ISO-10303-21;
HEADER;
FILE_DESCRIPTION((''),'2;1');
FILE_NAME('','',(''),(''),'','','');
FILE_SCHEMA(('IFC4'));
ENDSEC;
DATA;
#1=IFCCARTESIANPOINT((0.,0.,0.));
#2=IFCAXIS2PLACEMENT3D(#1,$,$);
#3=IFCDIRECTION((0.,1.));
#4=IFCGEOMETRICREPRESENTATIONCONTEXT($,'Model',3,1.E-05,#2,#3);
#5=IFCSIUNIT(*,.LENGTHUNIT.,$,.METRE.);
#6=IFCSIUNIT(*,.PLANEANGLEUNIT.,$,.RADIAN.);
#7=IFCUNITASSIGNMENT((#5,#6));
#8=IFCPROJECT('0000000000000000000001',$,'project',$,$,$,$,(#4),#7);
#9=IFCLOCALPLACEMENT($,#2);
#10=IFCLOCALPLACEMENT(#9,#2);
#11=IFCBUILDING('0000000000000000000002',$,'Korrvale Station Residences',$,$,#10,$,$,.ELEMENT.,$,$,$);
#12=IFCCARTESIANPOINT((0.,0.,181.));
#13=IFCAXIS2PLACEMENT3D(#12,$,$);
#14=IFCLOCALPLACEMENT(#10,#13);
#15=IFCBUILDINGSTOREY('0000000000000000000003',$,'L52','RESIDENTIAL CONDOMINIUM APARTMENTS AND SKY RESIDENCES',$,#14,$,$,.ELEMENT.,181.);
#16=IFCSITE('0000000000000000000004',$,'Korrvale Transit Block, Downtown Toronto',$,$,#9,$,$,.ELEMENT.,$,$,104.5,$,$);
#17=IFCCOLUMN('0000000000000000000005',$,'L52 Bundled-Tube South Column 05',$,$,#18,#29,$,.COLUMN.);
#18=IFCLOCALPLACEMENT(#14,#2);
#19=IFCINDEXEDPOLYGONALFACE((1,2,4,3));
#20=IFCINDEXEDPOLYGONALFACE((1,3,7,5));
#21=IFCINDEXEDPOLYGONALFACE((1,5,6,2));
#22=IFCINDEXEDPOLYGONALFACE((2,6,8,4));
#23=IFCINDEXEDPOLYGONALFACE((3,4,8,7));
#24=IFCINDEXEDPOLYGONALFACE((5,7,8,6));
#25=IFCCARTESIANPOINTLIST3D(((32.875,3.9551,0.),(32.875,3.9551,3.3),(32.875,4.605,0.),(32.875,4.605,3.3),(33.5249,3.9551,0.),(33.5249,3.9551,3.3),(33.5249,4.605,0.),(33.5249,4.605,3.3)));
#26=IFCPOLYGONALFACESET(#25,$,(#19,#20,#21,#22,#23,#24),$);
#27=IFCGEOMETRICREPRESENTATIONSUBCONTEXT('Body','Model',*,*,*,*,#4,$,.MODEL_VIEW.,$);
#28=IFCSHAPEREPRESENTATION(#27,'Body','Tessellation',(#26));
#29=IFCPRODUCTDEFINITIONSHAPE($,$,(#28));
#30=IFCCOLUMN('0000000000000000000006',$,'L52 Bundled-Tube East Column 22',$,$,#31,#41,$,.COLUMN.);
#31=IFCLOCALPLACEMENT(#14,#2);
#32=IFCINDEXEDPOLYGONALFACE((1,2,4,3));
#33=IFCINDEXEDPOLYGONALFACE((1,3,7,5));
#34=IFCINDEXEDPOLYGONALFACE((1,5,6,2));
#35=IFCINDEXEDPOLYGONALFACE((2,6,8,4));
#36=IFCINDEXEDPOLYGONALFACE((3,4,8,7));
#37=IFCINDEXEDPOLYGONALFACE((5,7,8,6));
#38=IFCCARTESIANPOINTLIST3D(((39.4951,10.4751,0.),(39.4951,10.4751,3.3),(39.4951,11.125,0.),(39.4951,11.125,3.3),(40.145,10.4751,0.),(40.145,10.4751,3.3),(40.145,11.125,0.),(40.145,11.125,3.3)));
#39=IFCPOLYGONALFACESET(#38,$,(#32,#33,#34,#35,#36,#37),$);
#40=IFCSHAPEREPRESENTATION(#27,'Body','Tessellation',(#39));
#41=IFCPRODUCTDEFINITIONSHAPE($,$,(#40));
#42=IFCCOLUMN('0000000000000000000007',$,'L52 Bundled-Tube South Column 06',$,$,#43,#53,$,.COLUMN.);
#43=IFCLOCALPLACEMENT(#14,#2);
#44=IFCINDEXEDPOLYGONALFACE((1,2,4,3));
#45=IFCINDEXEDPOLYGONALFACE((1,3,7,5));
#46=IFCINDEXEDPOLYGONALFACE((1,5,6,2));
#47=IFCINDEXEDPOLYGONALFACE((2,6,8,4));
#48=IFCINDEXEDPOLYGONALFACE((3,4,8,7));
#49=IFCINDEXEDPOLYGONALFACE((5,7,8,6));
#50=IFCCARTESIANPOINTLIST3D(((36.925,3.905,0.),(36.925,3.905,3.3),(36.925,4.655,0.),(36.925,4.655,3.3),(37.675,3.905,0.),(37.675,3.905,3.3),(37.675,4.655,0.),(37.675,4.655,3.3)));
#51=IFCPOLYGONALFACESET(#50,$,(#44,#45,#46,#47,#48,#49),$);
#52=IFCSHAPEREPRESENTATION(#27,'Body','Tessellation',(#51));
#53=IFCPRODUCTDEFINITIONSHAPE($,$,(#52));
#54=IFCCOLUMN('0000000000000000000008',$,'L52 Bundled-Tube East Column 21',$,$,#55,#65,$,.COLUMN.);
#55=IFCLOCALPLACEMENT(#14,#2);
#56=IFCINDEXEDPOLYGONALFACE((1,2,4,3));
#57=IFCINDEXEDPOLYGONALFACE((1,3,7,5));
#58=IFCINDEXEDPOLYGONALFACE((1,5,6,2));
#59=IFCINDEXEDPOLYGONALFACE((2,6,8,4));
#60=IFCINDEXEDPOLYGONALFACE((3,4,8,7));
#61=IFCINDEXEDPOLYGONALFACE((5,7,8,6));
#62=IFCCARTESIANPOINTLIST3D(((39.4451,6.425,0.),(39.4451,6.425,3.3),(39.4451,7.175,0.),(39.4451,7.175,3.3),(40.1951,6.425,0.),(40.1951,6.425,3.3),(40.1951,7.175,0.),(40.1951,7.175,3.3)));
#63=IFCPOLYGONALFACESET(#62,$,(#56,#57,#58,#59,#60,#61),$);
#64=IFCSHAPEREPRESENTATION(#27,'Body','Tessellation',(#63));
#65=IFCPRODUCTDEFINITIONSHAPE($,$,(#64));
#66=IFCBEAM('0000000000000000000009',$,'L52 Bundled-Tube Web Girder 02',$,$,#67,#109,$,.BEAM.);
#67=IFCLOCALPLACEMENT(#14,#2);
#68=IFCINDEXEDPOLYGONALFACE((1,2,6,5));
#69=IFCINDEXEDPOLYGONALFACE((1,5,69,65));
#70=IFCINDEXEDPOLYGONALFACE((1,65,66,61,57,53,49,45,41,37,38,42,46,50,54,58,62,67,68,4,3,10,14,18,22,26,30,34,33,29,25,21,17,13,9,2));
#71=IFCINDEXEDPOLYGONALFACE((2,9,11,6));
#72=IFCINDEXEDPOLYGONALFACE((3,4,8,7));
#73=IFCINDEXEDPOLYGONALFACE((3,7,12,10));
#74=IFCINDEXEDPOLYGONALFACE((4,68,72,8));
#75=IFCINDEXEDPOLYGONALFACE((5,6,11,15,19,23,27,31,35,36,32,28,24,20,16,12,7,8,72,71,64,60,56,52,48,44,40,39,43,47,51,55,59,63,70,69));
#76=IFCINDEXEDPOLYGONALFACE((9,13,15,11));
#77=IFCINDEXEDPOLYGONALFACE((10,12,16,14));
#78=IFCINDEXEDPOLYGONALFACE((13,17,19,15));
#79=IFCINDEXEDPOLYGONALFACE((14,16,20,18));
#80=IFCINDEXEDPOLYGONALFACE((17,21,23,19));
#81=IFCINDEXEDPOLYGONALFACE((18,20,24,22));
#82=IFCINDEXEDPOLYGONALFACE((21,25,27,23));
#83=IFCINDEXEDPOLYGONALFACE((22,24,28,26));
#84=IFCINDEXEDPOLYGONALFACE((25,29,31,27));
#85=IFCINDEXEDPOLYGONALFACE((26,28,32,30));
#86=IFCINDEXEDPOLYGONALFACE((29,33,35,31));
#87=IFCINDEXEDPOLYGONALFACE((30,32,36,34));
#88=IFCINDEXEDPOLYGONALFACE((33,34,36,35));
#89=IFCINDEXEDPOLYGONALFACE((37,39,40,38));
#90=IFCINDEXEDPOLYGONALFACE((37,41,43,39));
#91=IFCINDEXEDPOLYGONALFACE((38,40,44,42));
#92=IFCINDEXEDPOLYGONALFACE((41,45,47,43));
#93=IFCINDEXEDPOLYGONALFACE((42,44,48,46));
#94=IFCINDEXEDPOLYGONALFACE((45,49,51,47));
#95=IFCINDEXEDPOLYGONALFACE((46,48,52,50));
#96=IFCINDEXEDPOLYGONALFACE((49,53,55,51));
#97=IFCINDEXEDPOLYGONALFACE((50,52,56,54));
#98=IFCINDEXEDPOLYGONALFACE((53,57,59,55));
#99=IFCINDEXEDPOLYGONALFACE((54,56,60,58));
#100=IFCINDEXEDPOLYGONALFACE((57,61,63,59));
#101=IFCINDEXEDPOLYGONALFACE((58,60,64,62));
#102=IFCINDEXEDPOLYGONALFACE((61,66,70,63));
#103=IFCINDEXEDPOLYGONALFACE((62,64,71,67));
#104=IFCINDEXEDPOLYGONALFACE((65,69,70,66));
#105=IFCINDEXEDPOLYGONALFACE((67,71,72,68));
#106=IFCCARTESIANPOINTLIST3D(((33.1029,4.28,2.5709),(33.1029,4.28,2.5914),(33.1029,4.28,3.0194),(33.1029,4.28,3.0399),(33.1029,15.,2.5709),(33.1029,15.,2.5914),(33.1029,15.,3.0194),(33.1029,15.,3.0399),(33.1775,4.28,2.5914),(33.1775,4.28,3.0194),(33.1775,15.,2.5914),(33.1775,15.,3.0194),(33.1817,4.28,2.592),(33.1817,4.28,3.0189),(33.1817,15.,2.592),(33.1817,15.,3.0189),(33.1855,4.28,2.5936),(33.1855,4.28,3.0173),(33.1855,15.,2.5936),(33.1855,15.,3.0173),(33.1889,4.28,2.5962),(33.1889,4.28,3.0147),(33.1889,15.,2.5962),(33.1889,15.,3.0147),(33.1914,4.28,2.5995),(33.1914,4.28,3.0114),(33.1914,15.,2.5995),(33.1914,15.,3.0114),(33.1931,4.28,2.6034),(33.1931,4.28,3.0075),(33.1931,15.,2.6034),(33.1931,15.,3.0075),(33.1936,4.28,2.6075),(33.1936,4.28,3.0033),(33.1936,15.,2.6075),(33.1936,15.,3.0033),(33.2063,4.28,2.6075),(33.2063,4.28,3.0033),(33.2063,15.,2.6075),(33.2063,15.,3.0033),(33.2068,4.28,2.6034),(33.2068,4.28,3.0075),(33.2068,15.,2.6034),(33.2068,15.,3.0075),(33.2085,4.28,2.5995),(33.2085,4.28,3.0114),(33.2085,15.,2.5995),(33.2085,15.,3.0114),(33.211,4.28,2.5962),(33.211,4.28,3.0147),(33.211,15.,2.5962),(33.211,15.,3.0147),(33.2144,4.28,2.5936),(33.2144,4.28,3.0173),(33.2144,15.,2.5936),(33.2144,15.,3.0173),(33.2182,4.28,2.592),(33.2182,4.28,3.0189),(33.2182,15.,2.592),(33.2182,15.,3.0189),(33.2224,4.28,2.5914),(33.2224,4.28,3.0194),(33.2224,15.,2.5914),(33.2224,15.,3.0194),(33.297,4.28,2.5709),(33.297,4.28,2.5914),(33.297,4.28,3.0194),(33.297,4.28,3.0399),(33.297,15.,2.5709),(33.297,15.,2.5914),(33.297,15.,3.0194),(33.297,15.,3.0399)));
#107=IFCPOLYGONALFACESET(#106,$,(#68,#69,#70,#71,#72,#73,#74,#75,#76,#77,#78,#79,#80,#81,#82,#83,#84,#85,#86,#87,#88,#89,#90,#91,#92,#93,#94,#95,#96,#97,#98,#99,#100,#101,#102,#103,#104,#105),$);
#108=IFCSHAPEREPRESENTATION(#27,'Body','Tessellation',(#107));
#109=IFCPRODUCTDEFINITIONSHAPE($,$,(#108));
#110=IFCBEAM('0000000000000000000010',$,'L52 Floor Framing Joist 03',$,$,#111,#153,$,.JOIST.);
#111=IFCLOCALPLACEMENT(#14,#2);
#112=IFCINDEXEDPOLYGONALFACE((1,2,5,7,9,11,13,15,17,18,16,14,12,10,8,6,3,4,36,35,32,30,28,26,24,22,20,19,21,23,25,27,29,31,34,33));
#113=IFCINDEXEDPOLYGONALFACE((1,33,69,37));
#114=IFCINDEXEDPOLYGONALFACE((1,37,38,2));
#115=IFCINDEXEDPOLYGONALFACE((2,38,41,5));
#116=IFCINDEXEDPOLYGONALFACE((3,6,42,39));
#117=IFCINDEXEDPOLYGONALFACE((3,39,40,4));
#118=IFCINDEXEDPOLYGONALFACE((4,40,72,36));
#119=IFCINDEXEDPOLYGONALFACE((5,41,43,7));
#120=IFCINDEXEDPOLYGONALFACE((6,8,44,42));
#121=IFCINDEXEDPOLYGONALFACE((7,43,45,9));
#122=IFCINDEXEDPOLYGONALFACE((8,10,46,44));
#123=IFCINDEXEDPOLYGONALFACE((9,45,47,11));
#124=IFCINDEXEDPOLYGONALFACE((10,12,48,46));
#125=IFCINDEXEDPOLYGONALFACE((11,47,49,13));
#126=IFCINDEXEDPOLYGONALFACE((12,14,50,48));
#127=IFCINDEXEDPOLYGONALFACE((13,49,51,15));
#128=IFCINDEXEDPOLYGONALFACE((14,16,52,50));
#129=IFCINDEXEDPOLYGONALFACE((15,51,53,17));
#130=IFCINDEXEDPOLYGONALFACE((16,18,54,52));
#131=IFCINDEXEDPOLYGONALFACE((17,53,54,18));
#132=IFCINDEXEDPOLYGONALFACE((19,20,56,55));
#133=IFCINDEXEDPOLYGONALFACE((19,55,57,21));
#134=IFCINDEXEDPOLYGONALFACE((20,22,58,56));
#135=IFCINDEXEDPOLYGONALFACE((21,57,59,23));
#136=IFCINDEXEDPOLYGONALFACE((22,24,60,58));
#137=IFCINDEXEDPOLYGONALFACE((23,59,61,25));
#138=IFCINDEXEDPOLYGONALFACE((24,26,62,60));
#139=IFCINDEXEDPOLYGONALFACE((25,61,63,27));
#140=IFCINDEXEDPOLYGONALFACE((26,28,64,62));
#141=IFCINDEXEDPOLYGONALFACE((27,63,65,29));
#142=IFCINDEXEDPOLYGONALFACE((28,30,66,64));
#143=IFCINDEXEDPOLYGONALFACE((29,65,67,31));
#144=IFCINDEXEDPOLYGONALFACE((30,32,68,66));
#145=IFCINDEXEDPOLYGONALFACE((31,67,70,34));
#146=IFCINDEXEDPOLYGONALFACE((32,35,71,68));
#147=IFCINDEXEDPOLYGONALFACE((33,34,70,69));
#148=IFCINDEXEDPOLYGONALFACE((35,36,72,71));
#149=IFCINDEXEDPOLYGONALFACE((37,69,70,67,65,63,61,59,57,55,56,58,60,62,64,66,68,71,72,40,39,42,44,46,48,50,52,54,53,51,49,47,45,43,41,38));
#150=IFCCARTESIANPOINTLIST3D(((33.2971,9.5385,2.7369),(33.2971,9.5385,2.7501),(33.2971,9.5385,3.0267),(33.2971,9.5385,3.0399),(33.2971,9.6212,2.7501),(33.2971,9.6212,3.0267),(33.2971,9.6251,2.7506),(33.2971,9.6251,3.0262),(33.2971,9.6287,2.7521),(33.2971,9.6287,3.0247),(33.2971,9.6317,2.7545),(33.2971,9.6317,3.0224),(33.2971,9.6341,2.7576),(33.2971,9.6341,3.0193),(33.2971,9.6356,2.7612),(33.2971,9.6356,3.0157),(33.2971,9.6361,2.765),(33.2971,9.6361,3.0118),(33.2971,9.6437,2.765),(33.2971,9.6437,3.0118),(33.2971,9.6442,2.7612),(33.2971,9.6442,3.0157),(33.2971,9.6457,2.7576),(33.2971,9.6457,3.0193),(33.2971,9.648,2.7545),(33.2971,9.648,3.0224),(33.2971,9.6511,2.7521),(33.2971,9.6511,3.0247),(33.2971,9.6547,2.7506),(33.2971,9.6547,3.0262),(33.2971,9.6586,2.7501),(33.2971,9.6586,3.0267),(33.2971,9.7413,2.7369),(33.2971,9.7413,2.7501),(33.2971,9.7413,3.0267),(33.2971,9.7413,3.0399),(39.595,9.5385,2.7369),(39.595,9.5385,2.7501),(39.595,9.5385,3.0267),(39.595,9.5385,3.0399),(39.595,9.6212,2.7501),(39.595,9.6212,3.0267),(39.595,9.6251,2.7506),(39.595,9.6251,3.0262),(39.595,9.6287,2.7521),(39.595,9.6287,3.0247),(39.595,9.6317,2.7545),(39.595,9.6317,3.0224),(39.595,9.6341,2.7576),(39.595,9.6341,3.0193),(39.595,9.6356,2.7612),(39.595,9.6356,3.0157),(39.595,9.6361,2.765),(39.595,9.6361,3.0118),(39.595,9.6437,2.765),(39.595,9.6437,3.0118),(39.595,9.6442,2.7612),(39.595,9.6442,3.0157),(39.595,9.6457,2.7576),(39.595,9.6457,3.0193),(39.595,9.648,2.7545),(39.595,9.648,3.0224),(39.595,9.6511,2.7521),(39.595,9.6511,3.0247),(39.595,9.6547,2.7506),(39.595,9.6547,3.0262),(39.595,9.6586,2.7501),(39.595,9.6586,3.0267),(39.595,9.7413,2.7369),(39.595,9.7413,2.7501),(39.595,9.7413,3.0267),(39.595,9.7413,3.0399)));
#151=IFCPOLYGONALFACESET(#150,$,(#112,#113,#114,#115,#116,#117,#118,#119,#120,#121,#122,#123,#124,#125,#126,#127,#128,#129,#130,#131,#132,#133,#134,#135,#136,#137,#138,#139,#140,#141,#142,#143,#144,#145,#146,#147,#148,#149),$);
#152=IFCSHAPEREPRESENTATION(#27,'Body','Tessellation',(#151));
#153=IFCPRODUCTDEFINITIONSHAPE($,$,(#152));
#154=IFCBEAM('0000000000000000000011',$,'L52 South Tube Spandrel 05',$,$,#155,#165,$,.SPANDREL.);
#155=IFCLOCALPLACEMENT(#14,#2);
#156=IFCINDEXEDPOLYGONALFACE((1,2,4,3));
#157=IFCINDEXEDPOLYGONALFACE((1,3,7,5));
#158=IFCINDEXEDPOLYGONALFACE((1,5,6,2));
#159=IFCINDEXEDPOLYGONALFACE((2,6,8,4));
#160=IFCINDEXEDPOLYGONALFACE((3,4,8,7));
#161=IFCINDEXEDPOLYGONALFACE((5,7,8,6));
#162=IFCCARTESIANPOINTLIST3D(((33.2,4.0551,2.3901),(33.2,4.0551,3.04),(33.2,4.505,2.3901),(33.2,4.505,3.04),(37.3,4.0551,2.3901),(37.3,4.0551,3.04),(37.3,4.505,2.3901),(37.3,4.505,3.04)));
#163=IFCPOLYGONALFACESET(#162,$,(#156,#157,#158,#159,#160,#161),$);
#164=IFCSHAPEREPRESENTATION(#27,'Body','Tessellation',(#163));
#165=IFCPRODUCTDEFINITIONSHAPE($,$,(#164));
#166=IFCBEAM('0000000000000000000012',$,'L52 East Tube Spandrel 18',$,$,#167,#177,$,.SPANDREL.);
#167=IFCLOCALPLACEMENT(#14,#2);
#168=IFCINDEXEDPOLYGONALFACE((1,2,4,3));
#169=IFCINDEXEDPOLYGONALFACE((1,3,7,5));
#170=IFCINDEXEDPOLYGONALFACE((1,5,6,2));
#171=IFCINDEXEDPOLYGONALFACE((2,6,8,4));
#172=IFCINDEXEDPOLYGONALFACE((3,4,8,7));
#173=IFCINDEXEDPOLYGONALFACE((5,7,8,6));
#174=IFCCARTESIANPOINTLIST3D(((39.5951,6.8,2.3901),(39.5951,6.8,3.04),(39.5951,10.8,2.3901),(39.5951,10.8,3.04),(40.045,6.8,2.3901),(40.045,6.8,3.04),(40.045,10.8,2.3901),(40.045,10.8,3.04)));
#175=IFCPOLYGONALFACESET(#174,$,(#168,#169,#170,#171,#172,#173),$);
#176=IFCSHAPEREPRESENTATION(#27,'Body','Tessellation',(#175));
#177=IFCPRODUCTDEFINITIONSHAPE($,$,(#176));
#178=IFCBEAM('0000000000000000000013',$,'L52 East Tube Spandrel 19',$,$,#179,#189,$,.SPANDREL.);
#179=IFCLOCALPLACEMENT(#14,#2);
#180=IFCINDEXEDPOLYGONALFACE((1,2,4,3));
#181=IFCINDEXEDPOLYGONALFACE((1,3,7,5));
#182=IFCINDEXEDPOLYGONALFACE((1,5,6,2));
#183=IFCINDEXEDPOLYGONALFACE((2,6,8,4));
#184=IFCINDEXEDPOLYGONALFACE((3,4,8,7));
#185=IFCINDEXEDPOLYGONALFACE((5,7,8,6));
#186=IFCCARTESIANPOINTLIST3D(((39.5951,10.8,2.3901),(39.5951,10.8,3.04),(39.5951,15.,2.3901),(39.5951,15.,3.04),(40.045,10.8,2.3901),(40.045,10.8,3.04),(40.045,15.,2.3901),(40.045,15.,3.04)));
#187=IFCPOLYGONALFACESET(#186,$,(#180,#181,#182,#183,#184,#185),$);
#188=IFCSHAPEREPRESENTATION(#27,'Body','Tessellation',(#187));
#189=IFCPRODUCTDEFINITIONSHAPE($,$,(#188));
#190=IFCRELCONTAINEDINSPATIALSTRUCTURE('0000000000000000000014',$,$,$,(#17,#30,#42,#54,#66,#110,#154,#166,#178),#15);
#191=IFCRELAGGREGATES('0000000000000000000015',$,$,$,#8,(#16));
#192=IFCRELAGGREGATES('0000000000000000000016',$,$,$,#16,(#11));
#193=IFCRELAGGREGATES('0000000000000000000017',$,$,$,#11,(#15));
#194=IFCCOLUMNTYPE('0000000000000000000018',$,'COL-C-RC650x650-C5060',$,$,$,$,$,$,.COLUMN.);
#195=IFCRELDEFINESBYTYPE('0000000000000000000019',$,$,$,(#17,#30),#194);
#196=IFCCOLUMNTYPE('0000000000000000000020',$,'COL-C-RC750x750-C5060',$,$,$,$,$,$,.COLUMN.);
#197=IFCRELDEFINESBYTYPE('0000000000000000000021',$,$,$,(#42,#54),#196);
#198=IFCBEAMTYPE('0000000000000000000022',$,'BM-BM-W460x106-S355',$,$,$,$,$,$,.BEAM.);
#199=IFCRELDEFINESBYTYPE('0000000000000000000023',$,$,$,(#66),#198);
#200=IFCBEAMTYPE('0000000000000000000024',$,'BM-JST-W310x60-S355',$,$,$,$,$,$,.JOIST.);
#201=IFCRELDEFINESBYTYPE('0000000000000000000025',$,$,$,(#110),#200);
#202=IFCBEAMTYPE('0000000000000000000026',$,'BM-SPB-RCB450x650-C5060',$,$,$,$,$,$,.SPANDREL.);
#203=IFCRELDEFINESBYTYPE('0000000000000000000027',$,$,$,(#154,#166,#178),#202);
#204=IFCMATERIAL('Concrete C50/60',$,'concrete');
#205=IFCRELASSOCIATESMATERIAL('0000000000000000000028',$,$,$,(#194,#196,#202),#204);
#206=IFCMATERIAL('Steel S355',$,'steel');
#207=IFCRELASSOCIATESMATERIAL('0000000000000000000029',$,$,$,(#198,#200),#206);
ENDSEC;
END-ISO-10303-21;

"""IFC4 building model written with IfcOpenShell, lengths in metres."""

from ifc_helpers import new_model, si_unit, direction, frame, origin, origin_2d, place, context, subcontext, project, spatial, rectangle, i_section, extrude, material, material_profile, profile_set, type_object, element, save


model = new_model("IFC4")

# Units and contexts
model_context = context("Model", 3, precision=1e-05, world=origin(), true_north=direction((0.0, 1.0)))
body_context = subcontext(model_context, "Body", "Model", "MODEL_VIEW")
ifc_project = project(units=[si_unit("LENGTHUNIT", "METRE"), si_unit("PLANEANGLEUNIT", "RADIAN")], contexts=[model_context])

# Site, building, storey
site_placement = place(None, origin())
site = spatial("IfcSite", under=ifc_project, at=site_placement, Name="Korrvale Transit Block, Downtown Toronto", CompositionType="ELEMENT", RefElevation=104.5)
building_placement = place(site_placement, origin())
building = spatial("IfcBuilding", under=site, at=building_placement, Name="Korrvale Station Residences", CompositionType="ELEMENT")
storey_placement = place(building_placement, frame((0.0, 0.0, 181.0)))
storey = spatial("IfcBuildingStorey", under=building, at=storey_placement, Name="L52", Description="RESIDENTIAL CONDOMINIUM APARTMENTS AND SKY RESIDENCES", CompositionType="ELEMENT", Elevation=181.0)

# Columns
ifc_material_1 = material(Name="Concrete C50/60", Category="concrete")
ifc_material_profile_1 = material_profile(ifc_material_1, rectangle(XDim=0.6499, YDim=0.6499, at=origin_2d()), Name="RC650x650")
ifc_profile_set_1 = profile_set([ifc_material_profile_1], Name="Concrete C50/60")
column_type_1 = type_object("IfcColumnType", Name="COL-C-RC650x650-C5060", PredefinedType="COLUMN", material=ifc_profile_set_1)
for number, where, z_axis, x_axis, name in (
    (1, (33.2, 4.28, 0.0), (0.0, 0.0, 1.0), (1.0, 0.0, 0.0), "L52 Bundled-Tube South Column 05"),
    (2, (39.8201, 10.8, 0.0), (0.0, 0.0, 1.0), (1.0, 0.0, 0.0), "L52 Bundled-Tube East Column 22"),
):
    element("IfcColumn", number, at=place(storey_placement, frame(where, z_axis=z_axis, x_axis=x_axis)), inside=storey, type_object=column_type_1, Name=name, PredefinedType="COLUMN", context=body_context, shape_type="SweptSolid", body=[
        extrude(rectangle(XDim=0.6499, YDim=0.6499, at=origin_2d()), origin(), (0.0, 0.0, 1.0), 3.3),
    ])
ifc_material_profile_2 = material_profile(ifc_material_1, rectangle(XDim=0.75, YDim=0.75, at=origin_2d()), Name="RC750x750")
ifc_profile_set_2 = profile_set([ifc_material_profile_2], Name="Concrete C50/60")
column_type_2 = type_object("IfcColumnType", Name="COL-C-RC750x750-C5060", PredefinedType="COLUMN", material=ifc_profile_set_2)
for number, where, z_axis, x_axis, name in (
    (3, (37.3, 4.28, 0.0), (0.0, 0.0, 1.0), (1.0, 0.0, 0.0), "L52 Bundled-Tube South Column 06"),
    (4, (39.8201, 6.8, 0.0), (0.0, 0.0, 1.0), (1.0, 0.0, 0.0), "L52 Bundled-Tube East Column 21"),
):
    element("IfcColumn", number, at=place(storey_placement, frame(where, z_axis=z_axis, x_axis=x_axis)), inside=storey, type_object=column_type_2, Name=name, PredefinedType="COLUMN", context=body_context, shape_type="SweptSolid", body=[
        extrude(rectangle(XDim=0.75, YDim=0.75, at=origin_2d()), origin(), (0.0, 0.0, 1.0), 3.3),
    ])

# Beams
ifc_material_2 = material(Name="Steel S355", Category="steel")
ifc_material_profile_3 = material_profile(ifc_material_2, i_section(OverallWidth=0.1941, OverallDepth=0.469, WebThickness=0.0127, FlangeThickness=0.0205, FilletRadius=0.0161, at=origin_2d()), Name="W460x106")
ifc_profile_set_3 = profile_set([ifc_material_profile_3], Name="Steel S355")
beam_type_1 = type_object("IfcBeamType", Name="BM-BM-W460x106-S355", PredefinedType="BEAM", material=ifc_profile_set_3)
beam_1_placement = place(storey_placement, frame((33.2, 4.28, 2.8054), z_axis=(0.0, 1.0, 0.0), x_axis=(-1.0, 0.0, 0.0)))
element("IfcBeam", 5, at=beam_1_placement, inside=storey, type_object=beam_type_1, Name="L52 Bundled-Tube Web Girder 02", PredefinedType="BEAM", context=body_context, shape_type="SweptSolid", body=[
    extrude(i_section(OverallWidth=0.1941, OverallDepth=0.469, WebThickness=0.0127, FlangeThickness=0.0205, FilletRadius=0.0161, at=origin_2d()), origin(), (0.0, 0.0, 1.0), 10.72),
])
ifc_material_profile_4 = material_profile(ifc_material_2, i_section(OverallWidth=0.2029, OverallDepth=0.303, WebThickness=0.0076, FlangeThickness=0.0132, FilletRadius=0.0149, at=origin_2d()), Name="W310x60")
ifc_profile_set_4 = profile_set([ifc_material_profile_4], Name="Steel S355")
beam_type_2 = type_object("IfcBeamType", Name="BM-JST-W310x60-S355", PredefinedType="JOIST", material=ifc_profile_set_4)
beam_2_placement = place(storey_placement, frame((33.2971, 9.6399, 2.8884), z_axis=(1.0, 0.0, 0.0), x_axis=(0.0, 1.0, 0.0)))
element("IfcBeam", 6, at=beam_2_placement, inside=storey, type_object=beam_type_2, Name="L52 Floor Framing Joist 03", PredefinedType="JOIST", context=body_context, shape_type="SweptSolid", body=[
    extrude(i_section(OverallWidth=0.2029, OverallDepth=0.303, WebThickness=0.0076, FlangeThickness=0.0132, FilletRadius=0.0149, at=origin_2d()), origin(), (0.0, 0.0, 1.0), 6.2979),
])
ifc_material_profile_5 = material_profile(ifc_material_1, rectangle(XDim=0.45, YDim=0.6499, at=origin_2d()), Name="RCB450x650")
ifc_profile_set_5 = profile_set([ifc_material_profile_5], Name="Concrete C50/60")
beam_type_3 = type_object("IfcBeamType", Name="BM-SPB-RCB450x650-C5060", PredefinedType="SPANDREL", material=ifc_profile_set_5)
beam_3_placement = place(storey_placement, frame((33.2, 4.28, 2.7151), z_axis=(1.0, 0.0, 0.0), x_axis=(0.0, 1.0, 0.0)))
element("IfcBeam", 7, at=beam_3_placement, inside=storey, type_object=beam_type_3, Name="L52 South Tube Spandrel 05", PredefinedType="SPANDREL", context=body_context, shape_type="SweptSolid", body=[
    extrude(rectangle(XDim=0.45, YDim=0.6499, at=origin_2d()), origin(), (0.0, 0.0, 1.0), 4.1001),
])
beam_4_placement = place(storey_placement, frame((39.8201, 6.8, 2.7151), z_axis=(0.0, 1.0, 0.0), x_axis=(-1.0, 0.0, 0.0)))
element("IfcBeam", 8, at=beam_4_placement, inside=storey, type_object=beam_type_3, Name="L52 East Tube Spandrel 18", PredefinedType="SPANDREL", context=body_context, shape_type="SweptSolid", body=[
    extrude(rectangle(XDim=0.45, YDim=0.6499, at=origin_2d()), origin(), (0.0, 0.0, 1.0), 4.0),
])
beam_5_placement = place(storey_placement, frame((39.8201, 10.8, 2.7151), z_axis=(0.0, 1.0, 0.0), x_axis=(-1.0, 0.0, 0.0)))
element("IfcBeam", 9, at=beam_5_placement, inside=storey, type_object=beam_type_3, Name="L52 East Tube Spandrel 19", PredefinedType="SPANDREL", context=body_context, shape_type="SweptSolid", body=[
    extrude(rectangle(XDim=0.45, YDim=0.6499, at=origin_2d()), origin(), (0.0, 0.0, 1.0), 4.2),
])

save(model, "model.ifc")
